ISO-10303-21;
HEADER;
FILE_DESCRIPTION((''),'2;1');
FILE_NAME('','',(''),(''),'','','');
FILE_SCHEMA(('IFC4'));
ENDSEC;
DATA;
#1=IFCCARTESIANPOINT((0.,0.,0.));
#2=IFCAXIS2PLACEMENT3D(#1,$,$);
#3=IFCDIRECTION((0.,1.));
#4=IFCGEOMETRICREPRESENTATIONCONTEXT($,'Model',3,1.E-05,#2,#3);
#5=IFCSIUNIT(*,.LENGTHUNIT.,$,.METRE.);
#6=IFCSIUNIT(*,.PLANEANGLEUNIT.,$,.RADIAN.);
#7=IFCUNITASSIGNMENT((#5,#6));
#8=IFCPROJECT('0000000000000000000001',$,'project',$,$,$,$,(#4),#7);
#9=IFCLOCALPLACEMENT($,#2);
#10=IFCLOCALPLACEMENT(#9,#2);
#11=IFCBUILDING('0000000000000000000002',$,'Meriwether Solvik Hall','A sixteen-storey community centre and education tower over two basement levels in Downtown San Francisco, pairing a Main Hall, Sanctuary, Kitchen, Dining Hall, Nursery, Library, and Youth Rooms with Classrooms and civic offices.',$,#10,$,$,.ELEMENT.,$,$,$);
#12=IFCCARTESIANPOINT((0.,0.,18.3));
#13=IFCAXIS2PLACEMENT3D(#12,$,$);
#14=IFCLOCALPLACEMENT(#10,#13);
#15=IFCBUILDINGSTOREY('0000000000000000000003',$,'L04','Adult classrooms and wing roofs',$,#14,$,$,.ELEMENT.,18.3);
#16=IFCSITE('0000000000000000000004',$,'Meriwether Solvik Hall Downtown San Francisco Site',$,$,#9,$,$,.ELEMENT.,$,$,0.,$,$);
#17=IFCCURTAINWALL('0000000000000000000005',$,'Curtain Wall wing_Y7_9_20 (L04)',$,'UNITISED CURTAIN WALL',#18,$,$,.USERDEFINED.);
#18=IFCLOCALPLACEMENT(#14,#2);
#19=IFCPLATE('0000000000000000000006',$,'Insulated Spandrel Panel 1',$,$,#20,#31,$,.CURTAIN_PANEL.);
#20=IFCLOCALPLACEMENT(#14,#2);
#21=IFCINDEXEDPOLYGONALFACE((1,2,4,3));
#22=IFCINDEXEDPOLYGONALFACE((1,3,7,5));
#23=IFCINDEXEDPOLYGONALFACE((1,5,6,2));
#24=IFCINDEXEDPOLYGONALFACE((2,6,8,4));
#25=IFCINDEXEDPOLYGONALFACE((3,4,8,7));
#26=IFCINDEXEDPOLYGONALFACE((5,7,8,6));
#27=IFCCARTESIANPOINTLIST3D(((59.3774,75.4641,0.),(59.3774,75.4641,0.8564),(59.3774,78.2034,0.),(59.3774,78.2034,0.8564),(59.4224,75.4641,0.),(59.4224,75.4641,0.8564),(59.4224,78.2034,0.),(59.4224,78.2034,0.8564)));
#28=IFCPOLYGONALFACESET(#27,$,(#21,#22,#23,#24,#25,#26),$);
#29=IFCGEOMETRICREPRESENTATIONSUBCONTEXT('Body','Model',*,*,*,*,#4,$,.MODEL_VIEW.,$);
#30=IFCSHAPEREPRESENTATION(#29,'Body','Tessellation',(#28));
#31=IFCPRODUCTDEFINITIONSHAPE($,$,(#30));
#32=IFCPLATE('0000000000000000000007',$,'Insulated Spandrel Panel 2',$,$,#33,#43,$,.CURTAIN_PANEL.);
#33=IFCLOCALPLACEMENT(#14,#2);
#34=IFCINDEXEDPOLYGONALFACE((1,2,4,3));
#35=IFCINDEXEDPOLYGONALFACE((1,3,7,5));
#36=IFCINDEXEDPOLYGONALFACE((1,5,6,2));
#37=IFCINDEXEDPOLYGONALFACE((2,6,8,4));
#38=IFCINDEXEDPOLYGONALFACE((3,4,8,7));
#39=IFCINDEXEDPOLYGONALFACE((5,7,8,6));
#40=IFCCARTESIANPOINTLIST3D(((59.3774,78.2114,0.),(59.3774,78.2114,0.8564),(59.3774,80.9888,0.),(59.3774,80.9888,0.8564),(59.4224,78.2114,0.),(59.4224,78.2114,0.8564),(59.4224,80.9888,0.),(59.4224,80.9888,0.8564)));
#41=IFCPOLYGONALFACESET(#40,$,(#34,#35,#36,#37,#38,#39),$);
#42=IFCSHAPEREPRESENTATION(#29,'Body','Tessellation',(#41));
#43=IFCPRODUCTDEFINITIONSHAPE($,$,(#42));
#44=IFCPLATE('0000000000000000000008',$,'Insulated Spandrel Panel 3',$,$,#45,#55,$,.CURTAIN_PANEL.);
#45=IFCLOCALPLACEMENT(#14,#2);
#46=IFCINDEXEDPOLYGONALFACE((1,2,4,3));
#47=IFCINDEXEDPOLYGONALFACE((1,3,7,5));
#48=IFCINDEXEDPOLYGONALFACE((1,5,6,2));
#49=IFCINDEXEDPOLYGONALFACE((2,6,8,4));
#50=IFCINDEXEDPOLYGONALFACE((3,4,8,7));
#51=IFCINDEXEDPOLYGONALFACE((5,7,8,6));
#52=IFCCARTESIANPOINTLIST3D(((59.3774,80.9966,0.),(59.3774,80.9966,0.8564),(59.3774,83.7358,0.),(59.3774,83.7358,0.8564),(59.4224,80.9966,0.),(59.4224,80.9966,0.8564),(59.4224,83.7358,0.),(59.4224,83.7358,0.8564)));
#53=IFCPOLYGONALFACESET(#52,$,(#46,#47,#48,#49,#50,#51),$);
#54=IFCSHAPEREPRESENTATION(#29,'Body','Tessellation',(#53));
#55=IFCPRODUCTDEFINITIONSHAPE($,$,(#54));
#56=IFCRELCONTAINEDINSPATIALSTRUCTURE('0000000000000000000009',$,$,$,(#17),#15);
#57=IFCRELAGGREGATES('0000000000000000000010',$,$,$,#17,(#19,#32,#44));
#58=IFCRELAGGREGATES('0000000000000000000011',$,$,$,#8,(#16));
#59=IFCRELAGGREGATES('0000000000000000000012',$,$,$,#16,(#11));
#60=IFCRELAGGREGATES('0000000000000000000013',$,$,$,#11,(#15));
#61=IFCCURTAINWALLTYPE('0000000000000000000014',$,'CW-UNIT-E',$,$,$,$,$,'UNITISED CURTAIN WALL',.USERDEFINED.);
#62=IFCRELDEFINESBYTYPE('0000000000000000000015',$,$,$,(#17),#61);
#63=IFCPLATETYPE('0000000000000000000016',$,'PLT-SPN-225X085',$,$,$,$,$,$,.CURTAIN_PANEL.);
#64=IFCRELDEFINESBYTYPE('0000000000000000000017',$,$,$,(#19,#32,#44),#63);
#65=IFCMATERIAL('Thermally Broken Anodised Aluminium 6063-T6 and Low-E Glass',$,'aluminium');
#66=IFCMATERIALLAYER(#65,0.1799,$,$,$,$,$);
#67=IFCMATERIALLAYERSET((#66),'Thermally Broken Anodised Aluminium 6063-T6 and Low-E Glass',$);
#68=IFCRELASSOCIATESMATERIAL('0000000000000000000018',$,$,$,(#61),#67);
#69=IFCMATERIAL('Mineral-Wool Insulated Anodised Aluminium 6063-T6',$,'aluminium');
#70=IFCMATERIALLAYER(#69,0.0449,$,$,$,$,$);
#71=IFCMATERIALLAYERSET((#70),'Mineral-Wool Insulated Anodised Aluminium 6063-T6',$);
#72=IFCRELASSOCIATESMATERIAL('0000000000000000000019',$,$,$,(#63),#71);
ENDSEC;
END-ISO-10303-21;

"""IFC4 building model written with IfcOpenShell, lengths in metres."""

from ifc_helpers import new_model, si_unit, direction, frame, origin, origin_2d, place, context, subcontext, project, spatial, rectangle, extrude, material, layer, layer_set, type_object, element, aggregate, save


model = new_model("IFC4")

# Units and contexts
model_context = context("Model", 3, precision=1e-05, world=origin(), true_north=direction((0.0, 1.0)))
body_context = subcontext(model_context, "Body", "Model", "MODEL_VIEW")
ifc_project = project(units=[si_unit("LENGTHUNIT", "METRE"), si_unit("PLANEANGLEUNIT", "RADIAN")], contexts=[model_context])

# Site, building, storey
site_placement = place(None, origin())
site = spatial("IfcSite", under=ifc_project, at=site_placement, Name="Meriwether Solvik Hall Downtown San Francisco Site", CompositionType="ELEMENT", RefElevation=0.0)
building_placement = place(site_placement, origin())
building = spatial("IfcBuilding", under=site, at=building_placement, Name="Meriwether Solvik Hall", Description="A sixteen-storey community centre and education tower over two basement levels in Downtown San Francisco, pairing a Main Hall, Sanctuary, Kitchen, Dining Hall, Nursery, Library, and Youth Rooms with Classrooms and civic offices.", CompositionType="ELEMENT")
storey_placement = place(building_placement, frame((0.0, 0.0, 18.3)))
storey = spatial("IfcBuildingStorey", under=building, at=storey_placement, Name="L04", Description="Adult classrooms and wing roofs", CompositionType="ELEMENT", Elevation=18.3)

# Curtain wall, plates
ifc_material_1 = material(Name="Thermally Broken Anodised Aluminium 6063-T6 and Low-E Glass", Category="aluminium")
ifc_layer_1 = layer(ifc_material_1, 0.1799)
ifc_layer_set_1 = layer_set([ifc_layer_1], Name="Thermally Broken Anodised Aluminium 6063-T6 and Low-E Glass")
curtain_wall_type = type_object("IfcCurtainWallType", Name="CW-UNIT-E", ElementType="UNITISED CURTAIN WALL", PredefinedType="USERDEFINED", material=ifc_layer_set_1)
curtain_wall_placement = place(storey_placement, origin())
curtain_wall = element("IfcCurtainWall", 1, at=curtain_wall_placement, inside=storey, type_object=curtain_wall_type, Name="Curtain Wall wing_Y7_9_20 (L04)", ObjectType="UNITISED CURTAIN WALL", PredefinedType="USERDEFINED")
ifc_material_2 = material(Name="Mineral-Wool Insulated Anodised Aluminium 6063-T6", Category="aluminium")
ifc_layer_2 = layer(ifc_material_2, 0.0449)
ifc_layer_set_2 = layer_set([ifc_layer_2], Name="Mineral-Wool Insulated Anodised Aluminium 6063-T6")
plate_type_1 = type_object("IfcPlateType", Name="PLT-SPN-225X085", PredefinedType="CURTAIN_PANEL", material=ifc_layer_set_2)
plate_1_placement = place(storey_placement, frame((59.3999, 76.8337, 0.0), z_axis=(0.0, 0.0, 1.0), x_axis=(0.0, 1.0, 0.0)))
plate_1 = element("IfcPlate", 2, at=plate_1_placement, type_object=plate_type_1, Name="Insulated Spandrel Panel 1", PredefinedType="CURTAIN_PANEL", context=body_context, shape_type="SweptSolid", body=[
    extrude(rectangle(XDim=2.7393, YDim=0.0449, at=origin_2d()), origin(), (0.0, 0.0, 1.0), 0.8564),
])
plate_2_placement = place(storey_placement, frame((59.3999, 79.6001, 0.0), z_axis=(0.0, 0.0, 1.0), x_axis=(0.0, 1.0, 0.0)))
plate_2 = element("IfcPlate", 3, at=plate_2_placement, type_object=plate_type_1, Name="Insulated Spandrel Panel 2", PredefinedType="CURTAIN_PANEL", context=body_context, shape_type="SweptSolid", body=[
    extrude(rectangle(XDim=2.7773, YDim=0.0449, at=origin_2d()), origin(), (0.0, 0.0, 1.0), 0.8564),
])
plate_3_placement = place(storey_placement, frame((59.3999, 82.3662, 0.0), z_axis=(0.0, 0.0, 1.0), x_axis=(0.0, 1.0, 0.0)))
plate_3 = element("IfcPlate", 4, at=plate_3_placement, type_object=plate_type_1, Name="Insulated Spandrel Panel 3", PredefinedType="CURTAIN_PANEL", context=body_context, shape_type="SweptSolid", body=[
    extrude(rectangle(XDim=2.7393, YDim=0.0449, at=origin_2d()), origin(), (0.0, 0.0, 1.0), 0.8564),
])
aggregate(curtain_wall, [plate_1, plate_2, plate_3])

save(model, "model.ifc")
